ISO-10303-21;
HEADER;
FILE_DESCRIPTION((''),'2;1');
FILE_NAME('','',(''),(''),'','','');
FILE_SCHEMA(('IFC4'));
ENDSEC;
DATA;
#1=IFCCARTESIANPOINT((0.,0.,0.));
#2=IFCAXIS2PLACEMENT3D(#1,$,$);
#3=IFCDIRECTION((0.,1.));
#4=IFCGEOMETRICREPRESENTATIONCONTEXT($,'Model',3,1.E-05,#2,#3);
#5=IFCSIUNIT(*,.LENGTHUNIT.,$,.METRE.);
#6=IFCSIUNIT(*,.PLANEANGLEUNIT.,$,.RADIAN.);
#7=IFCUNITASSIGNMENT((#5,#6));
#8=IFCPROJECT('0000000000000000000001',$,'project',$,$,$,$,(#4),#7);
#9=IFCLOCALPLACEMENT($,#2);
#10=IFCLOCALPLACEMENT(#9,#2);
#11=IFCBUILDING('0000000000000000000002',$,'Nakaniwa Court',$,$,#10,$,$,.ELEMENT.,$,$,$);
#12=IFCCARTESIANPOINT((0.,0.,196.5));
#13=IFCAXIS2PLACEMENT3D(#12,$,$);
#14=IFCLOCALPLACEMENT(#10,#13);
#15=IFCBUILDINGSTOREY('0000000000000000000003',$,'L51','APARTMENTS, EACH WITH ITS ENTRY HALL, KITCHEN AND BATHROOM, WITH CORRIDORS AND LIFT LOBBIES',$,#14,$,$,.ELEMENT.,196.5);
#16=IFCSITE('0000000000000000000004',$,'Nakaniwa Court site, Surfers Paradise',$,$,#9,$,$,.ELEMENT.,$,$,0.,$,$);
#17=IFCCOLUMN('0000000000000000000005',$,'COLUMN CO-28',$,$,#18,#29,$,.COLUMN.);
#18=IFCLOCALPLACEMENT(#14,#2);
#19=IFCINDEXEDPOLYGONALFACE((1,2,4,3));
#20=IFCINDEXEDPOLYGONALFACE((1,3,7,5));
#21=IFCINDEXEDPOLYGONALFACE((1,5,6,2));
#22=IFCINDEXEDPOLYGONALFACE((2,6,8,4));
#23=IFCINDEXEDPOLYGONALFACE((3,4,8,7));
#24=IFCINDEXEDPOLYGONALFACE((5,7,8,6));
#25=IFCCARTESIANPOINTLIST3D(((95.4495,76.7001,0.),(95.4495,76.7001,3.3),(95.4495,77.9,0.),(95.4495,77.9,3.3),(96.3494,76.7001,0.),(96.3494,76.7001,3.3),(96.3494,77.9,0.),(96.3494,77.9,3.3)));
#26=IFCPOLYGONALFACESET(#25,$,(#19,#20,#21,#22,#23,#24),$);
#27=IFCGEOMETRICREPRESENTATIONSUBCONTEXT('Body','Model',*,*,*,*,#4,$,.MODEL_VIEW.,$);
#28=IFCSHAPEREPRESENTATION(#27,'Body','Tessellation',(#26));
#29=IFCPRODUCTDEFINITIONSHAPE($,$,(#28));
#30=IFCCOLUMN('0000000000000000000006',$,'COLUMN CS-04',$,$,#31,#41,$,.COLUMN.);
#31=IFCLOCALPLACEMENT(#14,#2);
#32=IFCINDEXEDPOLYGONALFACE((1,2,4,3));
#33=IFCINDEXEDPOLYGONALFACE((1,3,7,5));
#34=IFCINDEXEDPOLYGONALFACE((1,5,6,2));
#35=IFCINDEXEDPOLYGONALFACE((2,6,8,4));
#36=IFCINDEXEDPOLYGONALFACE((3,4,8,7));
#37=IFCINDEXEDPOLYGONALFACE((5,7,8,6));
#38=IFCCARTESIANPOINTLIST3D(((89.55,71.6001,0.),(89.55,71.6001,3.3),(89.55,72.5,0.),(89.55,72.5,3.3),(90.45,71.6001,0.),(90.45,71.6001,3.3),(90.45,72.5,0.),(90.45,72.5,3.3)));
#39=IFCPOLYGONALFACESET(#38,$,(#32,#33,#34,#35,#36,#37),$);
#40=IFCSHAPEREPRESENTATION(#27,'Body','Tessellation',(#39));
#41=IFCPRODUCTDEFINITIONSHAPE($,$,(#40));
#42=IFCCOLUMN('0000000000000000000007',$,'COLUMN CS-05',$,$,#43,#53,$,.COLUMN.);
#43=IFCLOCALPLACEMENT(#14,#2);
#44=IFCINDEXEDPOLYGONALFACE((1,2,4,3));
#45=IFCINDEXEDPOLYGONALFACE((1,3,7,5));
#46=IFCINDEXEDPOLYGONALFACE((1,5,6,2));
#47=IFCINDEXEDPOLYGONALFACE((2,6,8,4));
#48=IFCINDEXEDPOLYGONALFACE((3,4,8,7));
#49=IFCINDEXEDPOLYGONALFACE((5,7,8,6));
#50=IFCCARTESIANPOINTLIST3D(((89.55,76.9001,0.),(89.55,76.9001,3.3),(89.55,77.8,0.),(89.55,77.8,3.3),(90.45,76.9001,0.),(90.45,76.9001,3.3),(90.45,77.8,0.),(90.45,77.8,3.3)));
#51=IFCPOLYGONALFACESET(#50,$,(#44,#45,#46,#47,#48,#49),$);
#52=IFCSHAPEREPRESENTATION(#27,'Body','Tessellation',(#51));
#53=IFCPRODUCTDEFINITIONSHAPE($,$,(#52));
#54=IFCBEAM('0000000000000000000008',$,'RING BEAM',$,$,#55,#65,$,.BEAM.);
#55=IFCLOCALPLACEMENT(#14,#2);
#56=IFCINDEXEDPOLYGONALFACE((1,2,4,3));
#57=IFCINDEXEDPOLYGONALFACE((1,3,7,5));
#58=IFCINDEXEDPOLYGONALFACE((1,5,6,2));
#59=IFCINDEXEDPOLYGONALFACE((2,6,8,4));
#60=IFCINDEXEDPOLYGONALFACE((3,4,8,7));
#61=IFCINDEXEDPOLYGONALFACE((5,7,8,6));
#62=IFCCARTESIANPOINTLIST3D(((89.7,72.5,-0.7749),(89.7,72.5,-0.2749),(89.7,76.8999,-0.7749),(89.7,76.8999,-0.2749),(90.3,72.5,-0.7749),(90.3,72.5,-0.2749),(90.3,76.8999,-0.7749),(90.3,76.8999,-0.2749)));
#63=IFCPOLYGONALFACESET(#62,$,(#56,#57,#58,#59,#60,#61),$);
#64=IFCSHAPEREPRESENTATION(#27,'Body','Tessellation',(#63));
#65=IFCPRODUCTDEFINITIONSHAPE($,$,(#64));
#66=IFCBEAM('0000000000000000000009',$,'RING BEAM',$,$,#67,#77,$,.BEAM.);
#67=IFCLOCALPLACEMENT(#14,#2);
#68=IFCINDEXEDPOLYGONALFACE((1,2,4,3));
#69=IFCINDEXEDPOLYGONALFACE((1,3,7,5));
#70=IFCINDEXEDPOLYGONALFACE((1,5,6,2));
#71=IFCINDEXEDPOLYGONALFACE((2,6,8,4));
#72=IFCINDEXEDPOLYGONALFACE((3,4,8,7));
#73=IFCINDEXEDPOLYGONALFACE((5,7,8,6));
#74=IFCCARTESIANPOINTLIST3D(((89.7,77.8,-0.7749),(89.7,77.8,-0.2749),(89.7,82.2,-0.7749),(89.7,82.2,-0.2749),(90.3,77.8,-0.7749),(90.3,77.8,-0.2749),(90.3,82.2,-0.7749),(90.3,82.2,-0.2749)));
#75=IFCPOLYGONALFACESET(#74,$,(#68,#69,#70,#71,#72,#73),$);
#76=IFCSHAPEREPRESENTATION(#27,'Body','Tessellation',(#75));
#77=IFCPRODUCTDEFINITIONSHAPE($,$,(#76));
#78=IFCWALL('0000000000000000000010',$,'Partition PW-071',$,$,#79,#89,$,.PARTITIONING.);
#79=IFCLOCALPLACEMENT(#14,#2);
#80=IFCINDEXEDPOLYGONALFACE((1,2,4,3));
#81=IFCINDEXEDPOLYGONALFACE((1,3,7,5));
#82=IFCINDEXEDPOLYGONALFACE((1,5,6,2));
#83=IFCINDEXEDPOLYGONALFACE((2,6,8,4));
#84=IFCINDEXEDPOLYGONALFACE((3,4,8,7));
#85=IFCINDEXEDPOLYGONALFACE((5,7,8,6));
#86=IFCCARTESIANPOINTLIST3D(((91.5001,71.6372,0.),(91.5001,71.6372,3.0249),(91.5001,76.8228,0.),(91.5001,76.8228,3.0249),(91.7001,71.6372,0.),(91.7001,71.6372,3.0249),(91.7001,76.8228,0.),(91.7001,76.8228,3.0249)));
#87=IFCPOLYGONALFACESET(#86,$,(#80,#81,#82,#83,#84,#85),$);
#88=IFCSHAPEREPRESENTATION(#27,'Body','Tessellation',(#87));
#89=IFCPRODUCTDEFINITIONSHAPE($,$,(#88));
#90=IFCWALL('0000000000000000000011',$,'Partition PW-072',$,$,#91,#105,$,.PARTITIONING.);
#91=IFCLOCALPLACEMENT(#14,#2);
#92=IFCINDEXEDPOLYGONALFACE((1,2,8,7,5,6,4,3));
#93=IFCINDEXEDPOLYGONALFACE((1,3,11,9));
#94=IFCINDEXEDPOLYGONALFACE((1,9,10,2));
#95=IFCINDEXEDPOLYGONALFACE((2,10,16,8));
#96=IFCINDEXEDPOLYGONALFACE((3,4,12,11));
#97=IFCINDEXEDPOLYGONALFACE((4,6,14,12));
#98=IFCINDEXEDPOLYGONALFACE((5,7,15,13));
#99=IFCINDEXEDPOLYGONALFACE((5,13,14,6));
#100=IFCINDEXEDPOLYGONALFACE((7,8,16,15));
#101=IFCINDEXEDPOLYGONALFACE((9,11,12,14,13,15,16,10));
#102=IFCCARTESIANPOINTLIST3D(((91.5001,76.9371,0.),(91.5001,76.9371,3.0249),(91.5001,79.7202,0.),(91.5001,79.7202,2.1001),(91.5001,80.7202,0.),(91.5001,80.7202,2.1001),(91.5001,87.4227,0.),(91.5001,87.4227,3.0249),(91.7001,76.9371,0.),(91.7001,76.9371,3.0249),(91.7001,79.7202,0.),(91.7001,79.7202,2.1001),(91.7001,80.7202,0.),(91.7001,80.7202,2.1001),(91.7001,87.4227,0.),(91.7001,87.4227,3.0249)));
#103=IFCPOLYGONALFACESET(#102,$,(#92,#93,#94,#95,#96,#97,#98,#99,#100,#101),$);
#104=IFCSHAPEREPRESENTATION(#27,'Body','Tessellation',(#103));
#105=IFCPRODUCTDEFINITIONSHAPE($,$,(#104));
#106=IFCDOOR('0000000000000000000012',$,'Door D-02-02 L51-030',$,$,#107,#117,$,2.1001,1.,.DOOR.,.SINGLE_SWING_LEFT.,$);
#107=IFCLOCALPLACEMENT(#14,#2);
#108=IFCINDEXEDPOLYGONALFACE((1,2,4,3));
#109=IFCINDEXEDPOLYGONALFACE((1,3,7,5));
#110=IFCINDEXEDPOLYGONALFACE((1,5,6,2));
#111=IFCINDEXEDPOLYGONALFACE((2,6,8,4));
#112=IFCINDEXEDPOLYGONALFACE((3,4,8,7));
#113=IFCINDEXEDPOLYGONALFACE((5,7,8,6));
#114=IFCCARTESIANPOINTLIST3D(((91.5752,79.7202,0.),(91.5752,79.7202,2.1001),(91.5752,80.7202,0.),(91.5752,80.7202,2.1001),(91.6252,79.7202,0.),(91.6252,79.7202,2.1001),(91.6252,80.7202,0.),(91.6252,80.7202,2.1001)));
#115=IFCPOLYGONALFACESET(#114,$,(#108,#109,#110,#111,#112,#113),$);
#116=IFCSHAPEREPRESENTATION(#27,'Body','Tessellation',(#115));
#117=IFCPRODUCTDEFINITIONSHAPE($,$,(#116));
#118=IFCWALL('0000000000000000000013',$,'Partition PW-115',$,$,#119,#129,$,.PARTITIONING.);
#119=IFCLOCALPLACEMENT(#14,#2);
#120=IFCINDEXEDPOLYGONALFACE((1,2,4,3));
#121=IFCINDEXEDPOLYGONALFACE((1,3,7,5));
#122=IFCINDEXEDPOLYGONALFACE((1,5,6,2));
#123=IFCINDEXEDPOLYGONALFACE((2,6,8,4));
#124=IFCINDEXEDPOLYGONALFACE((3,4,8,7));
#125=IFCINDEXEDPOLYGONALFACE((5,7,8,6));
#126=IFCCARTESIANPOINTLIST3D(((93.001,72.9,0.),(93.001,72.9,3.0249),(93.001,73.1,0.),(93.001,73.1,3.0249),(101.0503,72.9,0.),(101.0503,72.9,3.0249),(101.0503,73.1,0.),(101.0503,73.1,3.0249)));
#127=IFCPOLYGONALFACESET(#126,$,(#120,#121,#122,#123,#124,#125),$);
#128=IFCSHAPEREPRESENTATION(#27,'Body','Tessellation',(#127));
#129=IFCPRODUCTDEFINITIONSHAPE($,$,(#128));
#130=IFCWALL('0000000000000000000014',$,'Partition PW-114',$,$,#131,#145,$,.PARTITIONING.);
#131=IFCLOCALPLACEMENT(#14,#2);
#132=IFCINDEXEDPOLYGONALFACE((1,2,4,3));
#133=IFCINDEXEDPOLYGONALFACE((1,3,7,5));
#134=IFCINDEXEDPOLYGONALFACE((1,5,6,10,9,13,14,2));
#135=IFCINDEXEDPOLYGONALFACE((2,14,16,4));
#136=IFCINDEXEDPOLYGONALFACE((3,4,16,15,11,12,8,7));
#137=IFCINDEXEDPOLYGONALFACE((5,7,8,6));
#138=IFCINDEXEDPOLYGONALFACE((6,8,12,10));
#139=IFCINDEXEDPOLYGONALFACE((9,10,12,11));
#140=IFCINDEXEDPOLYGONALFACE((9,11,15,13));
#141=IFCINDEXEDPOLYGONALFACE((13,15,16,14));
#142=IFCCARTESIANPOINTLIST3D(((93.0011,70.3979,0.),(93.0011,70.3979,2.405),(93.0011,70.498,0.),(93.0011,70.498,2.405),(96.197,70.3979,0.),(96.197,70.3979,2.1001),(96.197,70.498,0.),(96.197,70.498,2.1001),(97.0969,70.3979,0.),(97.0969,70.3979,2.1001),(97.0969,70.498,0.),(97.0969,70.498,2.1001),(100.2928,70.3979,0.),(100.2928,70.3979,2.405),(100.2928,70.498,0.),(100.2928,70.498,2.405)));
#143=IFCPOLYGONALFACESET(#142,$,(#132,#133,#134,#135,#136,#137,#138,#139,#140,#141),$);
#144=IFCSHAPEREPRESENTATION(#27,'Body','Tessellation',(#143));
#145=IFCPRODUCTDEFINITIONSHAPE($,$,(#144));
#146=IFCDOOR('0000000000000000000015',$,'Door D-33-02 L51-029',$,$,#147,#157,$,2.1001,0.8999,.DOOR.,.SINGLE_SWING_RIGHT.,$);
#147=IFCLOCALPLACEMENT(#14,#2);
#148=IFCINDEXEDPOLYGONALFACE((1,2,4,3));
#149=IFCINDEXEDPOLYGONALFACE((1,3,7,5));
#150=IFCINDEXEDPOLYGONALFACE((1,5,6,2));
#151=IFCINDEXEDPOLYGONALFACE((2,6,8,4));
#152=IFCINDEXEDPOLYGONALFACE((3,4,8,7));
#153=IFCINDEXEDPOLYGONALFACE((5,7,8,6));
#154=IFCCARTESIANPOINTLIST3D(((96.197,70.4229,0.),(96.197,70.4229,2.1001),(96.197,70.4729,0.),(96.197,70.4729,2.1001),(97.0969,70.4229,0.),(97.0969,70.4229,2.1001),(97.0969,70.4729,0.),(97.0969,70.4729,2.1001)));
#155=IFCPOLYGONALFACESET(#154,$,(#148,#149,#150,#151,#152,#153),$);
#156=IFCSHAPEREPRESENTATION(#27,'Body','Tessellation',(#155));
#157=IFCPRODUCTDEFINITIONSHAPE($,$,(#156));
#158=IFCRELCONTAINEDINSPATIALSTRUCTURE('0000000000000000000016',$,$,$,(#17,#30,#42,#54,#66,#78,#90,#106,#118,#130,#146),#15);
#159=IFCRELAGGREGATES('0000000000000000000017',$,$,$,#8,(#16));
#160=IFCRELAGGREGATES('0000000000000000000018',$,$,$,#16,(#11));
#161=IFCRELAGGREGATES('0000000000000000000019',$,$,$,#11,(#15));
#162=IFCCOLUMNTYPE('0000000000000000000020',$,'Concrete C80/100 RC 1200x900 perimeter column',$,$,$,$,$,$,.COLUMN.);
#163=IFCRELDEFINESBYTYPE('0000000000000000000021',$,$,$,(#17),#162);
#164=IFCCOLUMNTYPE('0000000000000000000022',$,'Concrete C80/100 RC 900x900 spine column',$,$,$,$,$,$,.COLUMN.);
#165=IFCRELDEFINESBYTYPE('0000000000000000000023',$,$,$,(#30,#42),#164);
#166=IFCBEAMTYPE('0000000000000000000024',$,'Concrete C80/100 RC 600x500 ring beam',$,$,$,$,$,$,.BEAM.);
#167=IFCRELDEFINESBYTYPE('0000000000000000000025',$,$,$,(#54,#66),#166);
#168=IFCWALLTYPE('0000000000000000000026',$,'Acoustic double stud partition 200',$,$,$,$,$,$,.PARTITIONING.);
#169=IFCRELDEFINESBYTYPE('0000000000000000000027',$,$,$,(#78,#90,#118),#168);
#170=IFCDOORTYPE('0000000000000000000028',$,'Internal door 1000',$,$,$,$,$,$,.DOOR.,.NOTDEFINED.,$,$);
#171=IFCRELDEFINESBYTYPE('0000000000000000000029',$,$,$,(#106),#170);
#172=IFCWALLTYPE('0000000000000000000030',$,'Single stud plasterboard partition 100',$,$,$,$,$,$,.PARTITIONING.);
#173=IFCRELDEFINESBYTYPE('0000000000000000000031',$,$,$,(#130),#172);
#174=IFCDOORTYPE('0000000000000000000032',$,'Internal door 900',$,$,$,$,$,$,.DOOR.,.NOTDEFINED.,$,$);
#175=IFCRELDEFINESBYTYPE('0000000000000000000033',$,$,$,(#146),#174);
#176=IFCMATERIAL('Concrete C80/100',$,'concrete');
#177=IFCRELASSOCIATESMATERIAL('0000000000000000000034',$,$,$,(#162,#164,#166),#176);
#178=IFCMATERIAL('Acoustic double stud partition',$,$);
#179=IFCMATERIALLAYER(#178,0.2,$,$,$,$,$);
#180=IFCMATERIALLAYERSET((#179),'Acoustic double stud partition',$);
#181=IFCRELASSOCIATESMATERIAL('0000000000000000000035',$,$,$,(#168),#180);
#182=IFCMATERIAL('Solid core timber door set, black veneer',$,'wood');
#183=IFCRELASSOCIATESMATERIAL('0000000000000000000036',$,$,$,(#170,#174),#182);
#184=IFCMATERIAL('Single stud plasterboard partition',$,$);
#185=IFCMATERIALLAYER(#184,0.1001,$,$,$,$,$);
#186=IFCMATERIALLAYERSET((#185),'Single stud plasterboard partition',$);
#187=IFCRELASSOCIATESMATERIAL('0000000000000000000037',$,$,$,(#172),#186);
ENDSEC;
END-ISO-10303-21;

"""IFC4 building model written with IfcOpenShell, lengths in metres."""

from ifc_helpers import new_model, si_unit, direction, frame, frame_2d, origin, origin_2d, place, context, subcontext, project, spatial, rectangle, extrude, material, layer, layer_set, material_profile, profile_set, type_object, element, fill, save


model = new_model("IFC4")

# Units and contexts
model_context = context("Model", 3, precision=1e-05, world=origin(), true_north=direction((0.0, 1.0)))
body_context = subcontext(model_context, "Body", "Model", "MODEL_VIEW")
ifc_project = project(units=[si_unit("LENGTHUNIT", "METRE"), si_unit("PLANEANGLEUNIT", "RADIAN")], contexts=[model_context])

# Site, building, storey
site_placement = place(None, origin())
site = spatial("IfcSite", under=ifc_project, at=site_placement, Name="Nakaniwa Court site, Surfers Paradise", CompositionType="ELEMENT", RefElevation=0.0)
building_placement = place(site_placement, origin())
building = spatial("IfcBuilding", under=site, at=building_placement, Name="Nakaniwa Court", CompositionType="ELEMENT")
storey_placement = place(building_placement, frame((0.0, 0.0, 196.5)))
storey = spatial("IfcBuildingStorey", under=building, at=storey_placement, Name="L51", Description="APARTMENTS, EACH WITH ITS ENTRY HALL, KITCHEN AND BATHROOM, WITH CORRIDORS AND LIFT LOBBIES", CompositionType="ELEMENT", Elevation=196.5)

# Columns
ifc_material_1 = material(Name="Concrete C80/100", Category="concrete")
ifc_material_profile_1 = material_profile(ifc_material_1, rectangle(XDim=1.2, YDim=0.8999, at=origin_2d()), Name="Concrete C80/100 RC 1200x900 perimeter column")
ifc_profile_set_1 = profile_set([ifc_material_profile_1], Name="Concrete C80/100")
column_type_1 = type_object("IfcColumnType", Name="Concrete C80/100 RC 1200x900 perimeter column", PredefinedType="COLUMN", material=ifc_profile_set_1)
column_placement = place(storey_placement, frame((95.8994, 77.3, 0.0), z_axis=(0.0, 0.0, 1.0), x_axis=(0.0, 1.0, 0.0)))
element("IfcColumn", 1, at=column_placement, inside=storey, type_object=column_type_1, Name="COLUMN CO-28", PredefinedType="COLUMN", context=body_context, shape_type="SweptSolid", body=[
    extrude(rectangle(XDim=1.2, YDim=0.8999, at=origin_2d()), origin(), (0.0, 0.0, 1.0), 3.3),
])
ifc_material_profile_2 = material_profile(ifc_material_1, rectangle(XDim=0.8999, YDim=0.8999, at=origin_2d()), Name="Concrete C80/100 RC 900x900 spine column")
ifc_profile_set_2 = profile_set([ifc_material_profile_2], Name="Concrete C80/100")
column_type_2 = type_object("IfcColumnType", Name="Concrete C80/100 RC 900x900 spine column", PredefinedType="COLUMN", material=ifc_profile_set_2)
for number, where, z_axis, x_axis, name in (
    (2, (90.0, 72.05, 0.0), (0.0, 0.0, 1.0), (0.0, 1.0, 0.0), "COLUMN CS-04"),
    (3, (90.0, 77.3501, 0.0), (0.0, 0.0, 1.0), (0.0, 1.0, 0.0), "COLUMN CS-05"),
):
    element("IfcColumn", number, at=place(storey_placement, frame(where, z_axis=z_axis, x_axis=x_axis)), inside=storey, type_object=column_type_2, Name=name, PredefinedType="COLUMN", context=body_context, shape_type="SweptSolid", body=[
        extrude(rectangle(XDim=0.8999, YDim=0.8999, at=origin_2d()), origin(), (0.0, 0.0, 1.0), 3.3),
    ])

# Beams
ifc_material_profile_3 = material_profile(ifc_material_1, rectangle(XDim=0.6001, YDim=0.5, at=origin_2d()), Name="Concrete C80/100 RC 600x500 ring beam")
ifc_profile_set_3 = profile_set([ifc_material_profile_3], Name="Concrete C80/100")
beam_type = type_object("IfcBeamType", Name="Concrete C80/100 RC 600x500 ring beam", PredefinedType="BEAM", material=ifc_profile_set_3)
for number, where, z_axis, x_axis, name in (
    (4, (90.0, 72.5, -0.5249), (0.0, 1.0, 0.0), (-1.0, 0.0, 0.0), "RING BEAM"),
    (5, (90.0, 77.8, -0.5249), (0.0, 1.0, 0.0), (-1.0, 0.0, 0.0), "RING BEAM"),
):
    element("IfcBeam", number, at=place(storey_placement, frame(where, z_axis=z_axis, x_axis=x_axis)), inside=storey, type_object=beam_type, Name=name, PredefinedType="BEAM", context=body_context, shape_type="SweptSolid", body=[
        extrude(rectangle(XDim=0.6001, YDim=0.5, at=origin_2d()), origin(), (0.0, 0.0, 1.0), 4.3999),
    ])

# Wall
ifc_material_2 = material(Name="Acoustic double stud partition")
ifc_layer_1 = layer(ifc_material_2, 0.2)
ifc_layer_set_1 = layer_set([ifc_layer_1], Name="Acoustic double stud partition")
wall_type_1 = type_object("IfcWallType", Name="Acoustic double stud partition 200", PredefinedType="PARTITIONING", material=ifc_layer_set_1)
wall_1_placement = place(storey_placement, frame((91.6001, 71.6372, 0.0), z_axis=(0.0, 0.0, 1.0), x_axis=(0.0, 1.0, 0.0)))
element("IfcWall", 6, at=wall_1_placement, inside=storey, type_object=wall_type_1, Name="Partition PW-071", PredefinedType="PARTITIONING", context=body_context, shape_type="SweptSolid", body=[
    extrude(rectangle(XDim=5.1855, YDim=0.2, at=frame_2d((2.5928, 0.0))), origin(), (0.0, 0.0, 1.0), 3.0249),
])

# Wall, opening, door
wall_2_placement = place(storey_placement, frame((91.6001, 76.9373, 0.0), z_axis=(0.0, 0.0, 1.0), x_axis=(0.0, 1.0, 0.0)))
wall_2 = element("IfcWall", 7, at=wall_2_placement, inside=storey, type_object=wall_type_1, Name="Partition PW-072", PredefinedType="PARTITIONING", context=body_context, shape_type="SweptSolid", body=[
    extrude(rectangle(XDim=10.4856, YDim=0.2, at=frame_2d((5.2427, 0.0))), origin(), (0.0, 0.0, 1.0), 3.0249),
])
opening_1_placement = place(wall_2_placement, frame((2.783, 0.0, 0.0)))
opening_1 = element("IfcOpeningElement", 8, at=opening_1_placement, cuts=wall_2, PredefinedType="OPENING", context=body_context, shape_type="SweptSolid", body=[
    extrude(rectangle(XDim=1.0, YDim=2.1001, at=frame_2d((0.5, 1.05))), frame((0.0, 0.1099, 0.0), z_axis=(0.0, -1.0, 0.0), x_axis=(1.0, 0.0, 0.0)), (0.0, 0.0, 1.0), 0.22),
])
ifc_material_3 = material(Name="Solid core timber door set, black veneer", Category="wood")
door_type_1 = type_object("IfcDoorType", Name="Internal door 1000", OperationType="NOTDEFINED", PredefinedType="DOOR", material=ifc_material_3)
door_1_placement = place(opening_1_placement, origin())
door_1 = element("IfcDoor", 9, at=door_1_placement, inside=storey, type_object=door_type_1, Name="Door D-02-02 L51-030", OperationType="SINGLE_SWING_LEFT", OverallHeight=2.1001, OverallWidth=1.0, PredefinedType="DOOR", context=body_context, shape_type="SweptSolid", body=[
    extrude(rectangle(XDim=1.0, YDim=2.1001, at=frame_2d((0.5, 1.05))), frame((0.0, 0.0249, 0.0), z_axis=(0.0, -1.0, 0.0), x_axis=(1.0, 0.0, 0.0)), (0.0, 0.0, 1.0), 0.05),
])
fill(opening_1, door_1)

# Wall
wall_3_placement = place(storey_placement, frame((93.001, 73.0, 0.0), z_axis=(0.0, 0.0, 1.0), x_axis=(1.0, 0.0, 0.0)))
element("IfcWall", 10, at=wall_3_placement, inside=storey, type_object=wall_type_1, Name="Partition PW-115", PredefinedType="PARTITIONING", context=body_context, shape_type="SweptSolid", body=[
    extrude(rectangle(XDim=8.0493, YDim=0.2, at=frame_2d((4.0247, 0.0))), origin(), (0.0, 0.0, 1.0), 3.0249),
])

# Wall, opening, door
ifc_material_4 = material(Name="Single stud plasterboard partition")
ifc_layer_2 = layer(ifc_material_4, 0.1001)
ifc_layer_set_2 = layer_set([ifc_layer_2], Name="Single stud plasterboard partition")
wall_type_2 = type_object("IfcWallType", Name="Single stud plasterboard partition 100", PredefinedType="PARTITIONING", material=ifc_layer_set_2)
wall_4_placement = place(storey_placement, frame((93.001, 70.448, 0.0), z_axis=(0.0, 0.0, 1.0), x_axis=(1.0, 0.0, 0.0)))
wall_4 = element("IfcWall", 11, at=wall_4_placement, inside=storey, type_object=wall_type_2, Name="Partition PW-114", PredefinedType="PARTITIONING", context=body_context, shape_type="SweptSolid", body=[
    extrude(rectangle(XDim=7.2917, YDim=0.1001, at=frame_2d((3.646, 0.0))), origin(), (0.0, 0.0, 1.0), 2.405),
])
opening_2_placement = place(wall_4_placement, frame((3.196, 0.0, 0.0)))
opening_2 = element("IfcOpeningElement", 12, at=opening_2_placement, cuts=wall_4, PredefinedType="OPENING", context=body_context, shape_type="SweptSolid", body=[
    extrude(rectangle(XDim=0.8999, YDim=2.1001, at=frame_2d((0.45, 1.05))), frame((0.0, 0.0601, 0.0), z_axis=(0.0, -1.0, 0.0), x_axis=(1.0, 0.0, 0.0)), (0.0, 0.0, 1.0), 0.1201),
])
door_type_2 = type_object("IfcDoorType", Name="Internal door 900", OperationType="NOTDEFINED", PredefinedType="DOOR", material=ifc_material_3)
door_2_placement = place(opening_2_placement, origin())
door_2 = element("IfcDoor", 13, at=door_2_placement, inside=storey, type_object=door_type_2, Name="Door D-33-02 L51-029", OperationType="SINGLE_SWING_RIGHT", OverallHeight=2.1001, OverallWidth=0.8999, PredefinedType="DOOR", context=body_context, shape_type="SweptSolid", body=[
    extrude(rectangle(XDim=0.8999, YDim=2.1001, at=frame_2d((0.45, 1.05))), frame((0.0, 0.0249, 0.0), z_axis=(0.0, -1.0, 0.0), x_axis=(1.0, 0.0, 0.0)), (0.0, 0.0, 1.0), 0.05),
])
fill(opening_2, door_2)

save(model, "model.ifc")
